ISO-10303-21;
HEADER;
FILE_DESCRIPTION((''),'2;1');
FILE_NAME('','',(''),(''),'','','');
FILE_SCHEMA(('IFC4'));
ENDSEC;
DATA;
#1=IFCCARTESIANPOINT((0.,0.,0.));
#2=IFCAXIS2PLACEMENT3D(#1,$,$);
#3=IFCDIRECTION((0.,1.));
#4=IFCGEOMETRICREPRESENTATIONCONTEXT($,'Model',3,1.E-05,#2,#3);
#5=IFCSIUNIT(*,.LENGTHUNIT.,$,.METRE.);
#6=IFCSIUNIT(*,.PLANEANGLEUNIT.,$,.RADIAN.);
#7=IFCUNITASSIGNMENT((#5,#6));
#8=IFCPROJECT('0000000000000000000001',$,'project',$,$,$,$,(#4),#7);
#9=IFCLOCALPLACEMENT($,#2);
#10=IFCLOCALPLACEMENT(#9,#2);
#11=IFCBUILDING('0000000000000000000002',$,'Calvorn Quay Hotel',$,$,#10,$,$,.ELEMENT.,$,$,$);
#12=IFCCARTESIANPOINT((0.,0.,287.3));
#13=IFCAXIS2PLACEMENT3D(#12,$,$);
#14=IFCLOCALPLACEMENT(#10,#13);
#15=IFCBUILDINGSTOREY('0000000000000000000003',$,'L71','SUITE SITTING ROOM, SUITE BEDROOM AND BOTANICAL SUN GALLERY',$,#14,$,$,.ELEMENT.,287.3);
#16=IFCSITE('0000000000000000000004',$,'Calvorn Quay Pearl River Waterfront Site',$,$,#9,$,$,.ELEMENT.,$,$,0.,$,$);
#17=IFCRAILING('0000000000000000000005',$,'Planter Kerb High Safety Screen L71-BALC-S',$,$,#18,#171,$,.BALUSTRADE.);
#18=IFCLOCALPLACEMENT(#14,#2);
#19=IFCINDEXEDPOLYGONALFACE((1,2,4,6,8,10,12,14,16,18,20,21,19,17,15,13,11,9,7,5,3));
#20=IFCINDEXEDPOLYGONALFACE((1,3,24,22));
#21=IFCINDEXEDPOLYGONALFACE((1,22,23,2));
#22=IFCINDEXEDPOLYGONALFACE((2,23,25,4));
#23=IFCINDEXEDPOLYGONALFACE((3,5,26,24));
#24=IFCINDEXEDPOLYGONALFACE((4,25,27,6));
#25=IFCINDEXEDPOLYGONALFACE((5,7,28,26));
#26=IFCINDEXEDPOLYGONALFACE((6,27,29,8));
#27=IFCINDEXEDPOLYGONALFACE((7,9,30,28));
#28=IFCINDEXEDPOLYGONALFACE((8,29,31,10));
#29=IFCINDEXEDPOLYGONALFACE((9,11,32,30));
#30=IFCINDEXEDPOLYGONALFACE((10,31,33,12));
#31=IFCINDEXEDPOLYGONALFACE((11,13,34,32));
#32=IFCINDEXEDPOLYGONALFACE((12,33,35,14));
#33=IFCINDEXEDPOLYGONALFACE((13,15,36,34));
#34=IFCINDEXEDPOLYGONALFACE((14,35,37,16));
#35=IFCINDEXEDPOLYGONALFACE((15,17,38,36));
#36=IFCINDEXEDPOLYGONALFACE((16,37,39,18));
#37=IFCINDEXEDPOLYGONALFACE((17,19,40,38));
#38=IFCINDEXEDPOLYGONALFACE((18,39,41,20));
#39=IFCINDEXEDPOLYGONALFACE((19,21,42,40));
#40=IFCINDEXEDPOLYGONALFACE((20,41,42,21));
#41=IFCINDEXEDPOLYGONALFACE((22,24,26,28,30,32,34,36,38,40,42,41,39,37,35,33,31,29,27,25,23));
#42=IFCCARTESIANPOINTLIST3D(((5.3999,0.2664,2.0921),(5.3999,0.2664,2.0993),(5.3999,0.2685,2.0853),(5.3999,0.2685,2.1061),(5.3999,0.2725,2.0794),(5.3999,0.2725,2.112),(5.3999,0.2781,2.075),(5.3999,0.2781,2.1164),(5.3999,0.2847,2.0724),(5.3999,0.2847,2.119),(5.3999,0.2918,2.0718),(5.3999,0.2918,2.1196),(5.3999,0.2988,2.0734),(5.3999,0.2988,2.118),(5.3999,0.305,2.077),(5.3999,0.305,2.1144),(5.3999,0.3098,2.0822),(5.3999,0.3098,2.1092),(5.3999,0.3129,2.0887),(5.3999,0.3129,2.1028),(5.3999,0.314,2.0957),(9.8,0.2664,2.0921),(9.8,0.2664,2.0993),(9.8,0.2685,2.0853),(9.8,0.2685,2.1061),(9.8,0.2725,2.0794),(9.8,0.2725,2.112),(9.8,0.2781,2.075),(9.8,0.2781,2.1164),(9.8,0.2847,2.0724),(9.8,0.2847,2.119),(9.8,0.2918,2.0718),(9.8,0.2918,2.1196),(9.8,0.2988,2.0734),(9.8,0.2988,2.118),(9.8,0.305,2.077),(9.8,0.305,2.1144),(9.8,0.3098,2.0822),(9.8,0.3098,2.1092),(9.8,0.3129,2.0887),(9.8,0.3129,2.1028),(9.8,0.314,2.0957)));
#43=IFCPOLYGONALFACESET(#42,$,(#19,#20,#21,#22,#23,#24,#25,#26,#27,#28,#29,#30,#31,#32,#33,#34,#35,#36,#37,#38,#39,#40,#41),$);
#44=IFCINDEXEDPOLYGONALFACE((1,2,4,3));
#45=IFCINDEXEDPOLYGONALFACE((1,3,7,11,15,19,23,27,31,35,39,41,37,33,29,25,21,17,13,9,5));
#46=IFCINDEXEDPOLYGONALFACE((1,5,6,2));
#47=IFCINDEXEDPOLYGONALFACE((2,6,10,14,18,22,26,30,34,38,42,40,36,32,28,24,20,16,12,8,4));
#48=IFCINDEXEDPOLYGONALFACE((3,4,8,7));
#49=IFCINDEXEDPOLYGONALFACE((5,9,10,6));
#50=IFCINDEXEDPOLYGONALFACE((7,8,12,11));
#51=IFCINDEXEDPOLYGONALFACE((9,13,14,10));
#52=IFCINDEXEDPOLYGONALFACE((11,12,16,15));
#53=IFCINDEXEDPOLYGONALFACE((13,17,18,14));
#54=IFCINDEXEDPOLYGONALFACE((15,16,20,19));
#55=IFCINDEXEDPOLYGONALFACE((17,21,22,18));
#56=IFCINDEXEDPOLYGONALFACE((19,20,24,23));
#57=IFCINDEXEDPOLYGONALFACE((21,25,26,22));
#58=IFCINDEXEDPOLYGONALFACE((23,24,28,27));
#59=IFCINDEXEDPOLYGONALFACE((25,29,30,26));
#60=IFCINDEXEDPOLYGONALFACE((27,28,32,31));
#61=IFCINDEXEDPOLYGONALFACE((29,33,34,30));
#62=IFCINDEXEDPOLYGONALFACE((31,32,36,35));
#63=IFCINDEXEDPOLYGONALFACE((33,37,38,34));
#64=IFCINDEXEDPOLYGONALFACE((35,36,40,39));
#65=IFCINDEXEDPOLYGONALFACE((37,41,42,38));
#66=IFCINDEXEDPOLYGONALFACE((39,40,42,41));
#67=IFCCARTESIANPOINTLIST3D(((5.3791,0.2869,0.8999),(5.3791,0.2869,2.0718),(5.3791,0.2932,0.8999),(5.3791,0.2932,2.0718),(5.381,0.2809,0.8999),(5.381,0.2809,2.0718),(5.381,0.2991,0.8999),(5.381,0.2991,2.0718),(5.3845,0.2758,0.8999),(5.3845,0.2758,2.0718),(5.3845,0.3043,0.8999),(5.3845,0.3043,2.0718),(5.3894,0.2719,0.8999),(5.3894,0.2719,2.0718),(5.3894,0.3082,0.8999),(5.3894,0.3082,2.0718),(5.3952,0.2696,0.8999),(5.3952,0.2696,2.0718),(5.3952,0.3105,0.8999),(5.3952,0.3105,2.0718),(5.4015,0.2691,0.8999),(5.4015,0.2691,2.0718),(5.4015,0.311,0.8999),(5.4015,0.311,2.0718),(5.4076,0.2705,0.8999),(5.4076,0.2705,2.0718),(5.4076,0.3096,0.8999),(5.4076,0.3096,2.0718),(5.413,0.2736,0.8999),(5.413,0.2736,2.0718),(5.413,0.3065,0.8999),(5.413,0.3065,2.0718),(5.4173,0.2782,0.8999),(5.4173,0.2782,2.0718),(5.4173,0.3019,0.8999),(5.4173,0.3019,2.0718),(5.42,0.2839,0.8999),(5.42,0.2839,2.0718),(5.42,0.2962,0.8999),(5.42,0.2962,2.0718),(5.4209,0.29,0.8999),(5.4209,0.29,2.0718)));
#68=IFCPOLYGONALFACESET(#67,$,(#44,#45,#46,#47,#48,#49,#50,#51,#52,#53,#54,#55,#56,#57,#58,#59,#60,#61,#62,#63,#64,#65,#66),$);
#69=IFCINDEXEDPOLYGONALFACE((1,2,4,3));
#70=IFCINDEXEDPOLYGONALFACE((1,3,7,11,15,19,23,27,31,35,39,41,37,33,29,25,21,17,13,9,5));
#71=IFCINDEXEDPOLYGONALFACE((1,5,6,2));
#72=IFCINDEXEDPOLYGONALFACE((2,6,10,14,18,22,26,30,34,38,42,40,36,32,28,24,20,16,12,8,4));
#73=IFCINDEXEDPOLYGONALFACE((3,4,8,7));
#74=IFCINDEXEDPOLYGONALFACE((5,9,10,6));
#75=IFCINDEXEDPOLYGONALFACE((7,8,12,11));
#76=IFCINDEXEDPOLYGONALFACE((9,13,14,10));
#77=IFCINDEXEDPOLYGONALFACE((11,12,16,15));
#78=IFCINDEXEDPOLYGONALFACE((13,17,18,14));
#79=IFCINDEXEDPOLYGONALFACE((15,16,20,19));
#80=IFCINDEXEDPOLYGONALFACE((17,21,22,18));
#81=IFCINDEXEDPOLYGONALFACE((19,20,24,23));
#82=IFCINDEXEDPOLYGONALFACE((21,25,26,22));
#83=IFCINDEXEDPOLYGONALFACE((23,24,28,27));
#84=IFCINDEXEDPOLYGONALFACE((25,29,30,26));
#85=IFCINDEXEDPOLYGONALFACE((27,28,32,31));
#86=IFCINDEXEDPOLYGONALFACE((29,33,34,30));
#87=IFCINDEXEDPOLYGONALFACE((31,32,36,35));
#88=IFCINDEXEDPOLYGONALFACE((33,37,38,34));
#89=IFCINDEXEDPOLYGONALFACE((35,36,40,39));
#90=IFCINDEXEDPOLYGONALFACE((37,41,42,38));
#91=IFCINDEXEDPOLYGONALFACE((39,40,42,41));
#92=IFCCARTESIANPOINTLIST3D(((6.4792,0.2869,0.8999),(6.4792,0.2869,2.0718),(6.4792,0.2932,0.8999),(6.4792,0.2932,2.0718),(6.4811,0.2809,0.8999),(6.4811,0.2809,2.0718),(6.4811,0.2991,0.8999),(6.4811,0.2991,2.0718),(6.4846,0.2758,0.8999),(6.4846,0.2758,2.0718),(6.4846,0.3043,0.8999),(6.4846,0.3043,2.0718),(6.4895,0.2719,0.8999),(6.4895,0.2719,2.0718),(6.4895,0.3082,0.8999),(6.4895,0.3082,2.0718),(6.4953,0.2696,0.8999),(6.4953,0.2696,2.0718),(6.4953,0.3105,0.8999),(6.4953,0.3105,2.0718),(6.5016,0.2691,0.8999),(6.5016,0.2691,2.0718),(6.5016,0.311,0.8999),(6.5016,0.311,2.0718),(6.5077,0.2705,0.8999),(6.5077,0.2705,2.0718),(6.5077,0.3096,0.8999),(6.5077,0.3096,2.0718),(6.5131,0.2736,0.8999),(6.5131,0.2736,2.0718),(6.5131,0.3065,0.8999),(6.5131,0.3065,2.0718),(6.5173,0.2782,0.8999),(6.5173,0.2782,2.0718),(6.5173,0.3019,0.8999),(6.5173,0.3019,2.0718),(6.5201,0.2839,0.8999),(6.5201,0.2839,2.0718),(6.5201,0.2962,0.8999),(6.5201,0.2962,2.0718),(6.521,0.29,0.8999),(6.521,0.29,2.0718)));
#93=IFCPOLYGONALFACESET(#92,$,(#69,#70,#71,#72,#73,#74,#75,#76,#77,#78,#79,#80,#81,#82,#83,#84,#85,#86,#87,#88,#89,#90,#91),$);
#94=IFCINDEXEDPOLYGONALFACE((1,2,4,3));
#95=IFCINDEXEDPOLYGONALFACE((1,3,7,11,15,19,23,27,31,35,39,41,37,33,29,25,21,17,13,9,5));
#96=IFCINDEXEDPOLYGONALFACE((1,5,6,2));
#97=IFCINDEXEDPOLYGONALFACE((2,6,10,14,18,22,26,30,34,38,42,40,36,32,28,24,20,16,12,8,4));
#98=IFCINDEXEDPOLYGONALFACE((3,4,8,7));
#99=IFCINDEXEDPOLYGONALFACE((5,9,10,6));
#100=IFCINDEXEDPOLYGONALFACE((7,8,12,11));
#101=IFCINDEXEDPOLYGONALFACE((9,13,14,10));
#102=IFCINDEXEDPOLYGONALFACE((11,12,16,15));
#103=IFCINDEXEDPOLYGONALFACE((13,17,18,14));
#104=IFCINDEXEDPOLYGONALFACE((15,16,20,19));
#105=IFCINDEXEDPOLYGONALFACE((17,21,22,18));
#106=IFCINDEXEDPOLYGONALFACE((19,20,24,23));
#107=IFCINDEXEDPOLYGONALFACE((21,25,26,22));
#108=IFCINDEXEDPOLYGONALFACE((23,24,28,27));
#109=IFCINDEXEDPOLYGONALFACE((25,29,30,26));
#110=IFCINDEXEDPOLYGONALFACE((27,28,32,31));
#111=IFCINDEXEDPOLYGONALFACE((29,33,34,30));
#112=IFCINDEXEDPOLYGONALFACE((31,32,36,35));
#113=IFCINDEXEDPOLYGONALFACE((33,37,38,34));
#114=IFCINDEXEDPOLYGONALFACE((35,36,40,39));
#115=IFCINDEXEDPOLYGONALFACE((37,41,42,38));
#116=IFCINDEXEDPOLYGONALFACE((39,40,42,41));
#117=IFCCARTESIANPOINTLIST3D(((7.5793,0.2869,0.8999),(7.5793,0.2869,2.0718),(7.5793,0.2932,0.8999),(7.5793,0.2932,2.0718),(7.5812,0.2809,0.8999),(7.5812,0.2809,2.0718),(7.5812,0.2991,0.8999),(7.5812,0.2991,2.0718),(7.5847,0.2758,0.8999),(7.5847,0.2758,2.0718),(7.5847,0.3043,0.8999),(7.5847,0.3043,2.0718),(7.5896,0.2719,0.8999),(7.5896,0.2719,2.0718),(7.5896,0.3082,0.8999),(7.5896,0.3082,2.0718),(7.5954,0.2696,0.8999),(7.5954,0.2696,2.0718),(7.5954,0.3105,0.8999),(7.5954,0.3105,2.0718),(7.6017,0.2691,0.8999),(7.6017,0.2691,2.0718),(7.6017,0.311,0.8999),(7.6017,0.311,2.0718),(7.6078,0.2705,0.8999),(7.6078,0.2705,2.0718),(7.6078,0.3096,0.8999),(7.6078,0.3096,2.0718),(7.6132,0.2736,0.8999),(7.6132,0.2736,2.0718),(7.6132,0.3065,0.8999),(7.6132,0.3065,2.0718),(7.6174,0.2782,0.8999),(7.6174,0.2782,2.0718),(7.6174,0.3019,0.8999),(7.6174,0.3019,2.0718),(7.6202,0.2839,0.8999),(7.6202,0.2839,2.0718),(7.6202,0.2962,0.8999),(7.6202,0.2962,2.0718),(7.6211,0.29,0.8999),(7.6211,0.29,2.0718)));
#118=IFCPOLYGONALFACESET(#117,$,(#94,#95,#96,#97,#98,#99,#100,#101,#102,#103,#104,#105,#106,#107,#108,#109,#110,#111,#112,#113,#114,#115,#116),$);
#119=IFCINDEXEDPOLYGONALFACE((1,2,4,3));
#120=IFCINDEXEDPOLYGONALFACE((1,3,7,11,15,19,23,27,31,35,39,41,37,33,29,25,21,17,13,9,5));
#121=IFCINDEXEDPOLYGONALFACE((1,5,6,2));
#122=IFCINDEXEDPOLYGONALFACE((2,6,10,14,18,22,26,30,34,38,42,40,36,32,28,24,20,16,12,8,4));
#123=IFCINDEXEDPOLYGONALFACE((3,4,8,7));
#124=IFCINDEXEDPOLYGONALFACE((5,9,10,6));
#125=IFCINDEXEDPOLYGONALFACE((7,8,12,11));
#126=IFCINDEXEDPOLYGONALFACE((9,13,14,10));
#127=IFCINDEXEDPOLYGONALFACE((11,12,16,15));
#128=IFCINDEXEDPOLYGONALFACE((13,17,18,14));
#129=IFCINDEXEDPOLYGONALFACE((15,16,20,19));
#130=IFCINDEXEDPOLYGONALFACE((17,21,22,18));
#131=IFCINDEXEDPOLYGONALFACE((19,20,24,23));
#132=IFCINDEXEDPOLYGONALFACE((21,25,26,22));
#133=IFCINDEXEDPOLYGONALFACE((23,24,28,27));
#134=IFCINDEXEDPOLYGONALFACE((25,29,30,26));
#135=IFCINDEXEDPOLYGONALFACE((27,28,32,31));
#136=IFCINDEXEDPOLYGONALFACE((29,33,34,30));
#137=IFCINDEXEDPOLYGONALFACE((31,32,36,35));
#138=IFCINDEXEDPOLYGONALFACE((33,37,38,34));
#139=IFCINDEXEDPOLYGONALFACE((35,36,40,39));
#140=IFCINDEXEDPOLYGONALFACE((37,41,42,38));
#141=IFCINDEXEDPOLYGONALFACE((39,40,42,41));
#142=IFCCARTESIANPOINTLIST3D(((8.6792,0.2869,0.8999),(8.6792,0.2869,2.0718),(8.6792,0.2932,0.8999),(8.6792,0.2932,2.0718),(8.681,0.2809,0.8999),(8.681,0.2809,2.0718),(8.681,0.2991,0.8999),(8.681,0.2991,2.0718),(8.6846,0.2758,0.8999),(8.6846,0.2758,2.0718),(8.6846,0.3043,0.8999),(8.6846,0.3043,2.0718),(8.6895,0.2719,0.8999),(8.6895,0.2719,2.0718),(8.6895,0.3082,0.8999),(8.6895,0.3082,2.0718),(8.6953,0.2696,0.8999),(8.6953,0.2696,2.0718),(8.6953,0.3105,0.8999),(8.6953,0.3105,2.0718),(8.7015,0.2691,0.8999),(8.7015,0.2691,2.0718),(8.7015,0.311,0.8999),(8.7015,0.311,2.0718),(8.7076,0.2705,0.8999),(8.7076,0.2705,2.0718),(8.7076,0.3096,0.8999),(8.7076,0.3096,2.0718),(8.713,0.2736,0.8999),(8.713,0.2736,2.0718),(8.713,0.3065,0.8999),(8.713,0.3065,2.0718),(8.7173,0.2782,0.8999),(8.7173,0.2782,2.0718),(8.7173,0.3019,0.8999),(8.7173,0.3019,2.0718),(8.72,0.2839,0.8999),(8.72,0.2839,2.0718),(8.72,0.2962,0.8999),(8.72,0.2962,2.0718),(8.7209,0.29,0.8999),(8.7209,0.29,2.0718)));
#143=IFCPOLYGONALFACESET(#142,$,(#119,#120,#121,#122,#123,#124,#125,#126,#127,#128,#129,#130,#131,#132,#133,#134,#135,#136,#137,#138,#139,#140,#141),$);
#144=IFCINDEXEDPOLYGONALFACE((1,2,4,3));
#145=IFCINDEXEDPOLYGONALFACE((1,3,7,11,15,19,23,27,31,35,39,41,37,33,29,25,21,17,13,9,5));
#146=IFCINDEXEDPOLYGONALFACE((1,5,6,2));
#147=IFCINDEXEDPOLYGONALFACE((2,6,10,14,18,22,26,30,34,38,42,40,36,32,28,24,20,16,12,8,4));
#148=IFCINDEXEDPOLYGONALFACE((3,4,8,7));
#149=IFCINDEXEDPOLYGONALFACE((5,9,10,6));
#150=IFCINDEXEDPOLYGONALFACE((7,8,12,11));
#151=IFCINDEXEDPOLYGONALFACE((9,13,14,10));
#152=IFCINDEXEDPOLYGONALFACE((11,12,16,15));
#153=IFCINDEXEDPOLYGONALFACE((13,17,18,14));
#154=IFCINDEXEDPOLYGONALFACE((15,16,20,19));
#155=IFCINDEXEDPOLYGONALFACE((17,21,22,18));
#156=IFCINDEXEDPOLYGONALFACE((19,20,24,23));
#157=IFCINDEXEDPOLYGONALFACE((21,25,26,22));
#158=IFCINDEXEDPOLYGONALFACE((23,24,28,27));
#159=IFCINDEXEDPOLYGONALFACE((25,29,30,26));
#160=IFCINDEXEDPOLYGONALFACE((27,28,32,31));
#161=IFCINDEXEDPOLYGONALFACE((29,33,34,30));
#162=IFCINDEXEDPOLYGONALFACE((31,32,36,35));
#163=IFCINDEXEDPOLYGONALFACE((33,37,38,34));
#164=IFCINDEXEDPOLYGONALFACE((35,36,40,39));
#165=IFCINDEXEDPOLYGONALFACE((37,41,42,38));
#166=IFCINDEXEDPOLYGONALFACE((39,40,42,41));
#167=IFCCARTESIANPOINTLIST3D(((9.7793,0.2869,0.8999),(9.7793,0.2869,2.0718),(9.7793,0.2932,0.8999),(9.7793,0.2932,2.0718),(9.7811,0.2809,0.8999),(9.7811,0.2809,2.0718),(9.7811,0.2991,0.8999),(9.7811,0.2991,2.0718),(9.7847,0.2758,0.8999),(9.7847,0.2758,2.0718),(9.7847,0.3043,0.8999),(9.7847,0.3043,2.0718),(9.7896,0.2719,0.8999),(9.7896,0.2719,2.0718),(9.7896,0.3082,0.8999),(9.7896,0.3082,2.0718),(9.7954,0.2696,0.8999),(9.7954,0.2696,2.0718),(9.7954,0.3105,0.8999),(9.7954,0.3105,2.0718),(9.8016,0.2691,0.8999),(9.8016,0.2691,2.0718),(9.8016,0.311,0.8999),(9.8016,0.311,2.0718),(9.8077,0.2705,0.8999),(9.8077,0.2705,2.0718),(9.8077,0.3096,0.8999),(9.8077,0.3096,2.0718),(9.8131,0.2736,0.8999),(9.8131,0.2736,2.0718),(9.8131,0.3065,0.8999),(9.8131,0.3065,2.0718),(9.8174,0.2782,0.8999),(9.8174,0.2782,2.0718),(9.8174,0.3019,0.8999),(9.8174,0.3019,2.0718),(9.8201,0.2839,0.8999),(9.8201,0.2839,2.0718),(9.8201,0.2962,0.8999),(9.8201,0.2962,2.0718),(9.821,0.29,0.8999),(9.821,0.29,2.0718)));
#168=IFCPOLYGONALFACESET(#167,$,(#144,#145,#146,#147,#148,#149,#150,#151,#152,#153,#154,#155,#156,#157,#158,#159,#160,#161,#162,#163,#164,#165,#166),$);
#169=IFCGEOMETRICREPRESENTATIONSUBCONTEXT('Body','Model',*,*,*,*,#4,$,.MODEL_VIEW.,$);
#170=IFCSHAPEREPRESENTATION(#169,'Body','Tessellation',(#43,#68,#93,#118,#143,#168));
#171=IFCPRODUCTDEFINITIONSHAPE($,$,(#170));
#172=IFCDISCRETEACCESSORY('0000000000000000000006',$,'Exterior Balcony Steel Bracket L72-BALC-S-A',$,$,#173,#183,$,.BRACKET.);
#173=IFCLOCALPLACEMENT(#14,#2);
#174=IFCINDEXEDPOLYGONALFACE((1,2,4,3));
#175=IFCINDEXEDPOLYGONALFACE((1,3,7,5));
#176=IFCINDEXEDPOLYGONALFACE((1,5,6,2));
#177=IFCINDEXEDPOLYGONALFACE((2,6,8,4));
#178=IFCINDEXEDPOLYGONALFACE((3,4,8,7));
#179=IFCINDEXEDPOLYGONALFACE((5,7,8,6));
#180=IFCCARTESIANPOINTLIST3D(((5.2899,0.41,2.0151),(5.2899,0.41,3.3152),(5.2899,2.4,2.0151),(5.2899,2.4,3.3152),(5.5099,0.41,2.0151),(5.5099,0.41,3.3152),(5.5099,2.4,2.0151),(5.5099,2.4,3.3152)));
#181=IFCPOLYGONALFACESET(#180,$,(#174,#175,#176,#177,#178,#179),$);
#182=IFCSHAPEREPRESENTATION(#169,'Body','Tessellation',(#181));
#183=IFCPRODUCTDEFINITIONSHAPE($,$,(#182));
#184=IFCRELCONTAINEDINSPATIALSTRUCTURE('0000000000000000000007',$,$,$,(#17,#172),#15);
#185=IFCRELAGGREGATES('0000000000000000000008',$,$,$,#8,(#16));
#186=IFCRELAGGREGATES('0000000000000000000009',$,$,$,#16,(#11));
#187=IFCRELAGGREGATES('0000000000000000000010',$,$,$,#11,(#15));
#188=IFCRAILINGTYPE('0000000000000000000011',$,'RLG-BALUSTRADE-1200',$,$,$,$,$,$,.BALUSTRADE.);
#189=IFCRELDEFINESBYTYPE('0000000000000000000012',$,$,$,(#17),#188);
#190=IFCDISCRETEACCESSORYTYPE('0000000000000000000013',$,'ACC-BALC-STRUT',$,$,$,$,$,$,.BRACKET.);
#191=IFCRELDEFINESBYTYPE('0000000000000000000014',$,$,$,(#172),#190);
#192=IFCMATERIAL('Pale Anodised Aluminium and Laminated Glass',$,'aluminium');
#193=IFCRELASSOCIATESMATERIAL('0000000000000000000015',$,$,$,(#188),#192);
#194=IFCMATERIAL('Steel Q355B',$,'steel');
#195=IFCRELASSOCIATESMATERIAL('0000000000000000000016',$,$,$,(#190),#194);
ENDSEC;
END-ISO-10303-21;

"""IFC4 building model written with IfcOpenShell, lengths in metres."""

from ifc_helpers import new_model, si_unit, direction, frame, origin, origin_2d, place, context, subcontext, project, spatial, rectangle, circle, extrude, material, type_object, element, save


model = new_model("IFC4")

# Units and contexts
model_context = context("Model", 3, precision=1e-05, world=origin(), true_north=direction((0.0, 1.0)))
body_context = subcontext(model_context, "Body", "Model", "MODEL_VIEW")
ifc_project = project(units=[si_unit("LENGTHUNIT", "METRE"), si_unit("PLANEANGLEUNIT", "RADIAN")], contexts=[model_context])

# Site, building, storey
site_placement = place(None, origin())
site = spatial("IfcSite", under=ifc_project, at=site_placement, Name="Calvorn Quay Pearl River Waterfront Site", CompositionType="ELEMENT", RefElevation=0.0)
building_placement = place(site_placement, origin())
building = spatial("IfcBuilding", under=site, at=building_placement, Name="Calvorn Quay Hotel", CompositionType="ELEMENT")
storey_placement = place(building_placement, frame((0.0, 0.0, 287.3)))
storey = spatial("IfcBuildingStorey", under=building, at=storey_placement, Name="L71", Description="SUITE SITTING ROOM, SUITE BEDROOM AND BOTANICAL SUN GALLERY", CompositionType="ELEMENT", Elevation=287.3)

# Railing
ifc_material_1 = material(Name="Pale Anodised Aluminium and Laminated Glass", Category="aluminium")
railing_type = type_object("IfcRailingType", Name="RLG-BALUSTRADE-1200", PredefinedType="BALUSTRADE", material=ifc_material_1)
railing_placement = place(storey_placement, frame((5.3999, 0.29, 0.8999)))
element("IfcRailing", 1, at=railing_placement, inside=storey, type_object=railing_type, Name="Planter Kerb High Safety Screen L71-BALC-S", PredefinedType="BALUSTRADE", context=body_context, shape_type="SweptSolid", body=[
    extrude(circle(Radius=0.0239, at=origin_2d()), frame((0.0, 0.0, 1.1958), z_axis=(1.0, 0.0, 0.0), x_axis=(0.0, 1.0, 0.0)), (0.0, 0.0, 1.0), 4.4001),
    extrude(circle(Radius=0.021, at=origin_2d()), origin(), (0.0, 0.0, 1.0), 1.1719),
    extrude(circle(Radius=0.021, at=origin_2d()), frame((1.1001, 0.0, 0.0)), (0.0, 0.0, 1.0), 1.1719),
    extrude(circle(Radius=0.021, at=origin_2d()), frame((2.2002, 0.0, 0.0)), (0.0, 0.0, 1.0), 1.1719),
    extrude(circle(Radius=0.021, at=origin_2d()), frame((3.3, 0.0, 0.0)), (0.0, 0.0, 1.0), 1.1719),
    extrude(circle(Radius=0.021, at=origin_2d()), frame((4.4001, 0.0, 0.0)), (0.0, 0.0, 1.0), 1.1719),
])

# Discrete accessory
ifc_material_2 = material(Name="Steel Q355B", Category="steel")
discrete_accessory_type = type_object("IfcDiscreteAccessoryType", Name="ACC-BALC-STRUT", PredefinedType="BRACKET", material=ifc_material_2)
discrete_accessory_placement = place(storey_placement, frame((5.3999, 1.405, 2.0151), z_axis=(0.0, 0.0, 1.0), x_axis=(1.0, 0.0, 0.0)))
element("IfcDiscreteAccessory", 2, at=discrete_accessory_placement, inside=storey, type_object=discrete_accessory_type, Name="Exterior Balcony Steel Bracket L72-BALC-S-A", PredefinedType="BRACKET", context=body_context, shape_type="SweptSolid", body=[
    extrude(rectangle(XDim=0.22, YDim=1.99, at=origin_2d()), origin(), (0.0, 0.0, 1.0), 1.3),
])

save(model, "model.ifc")
